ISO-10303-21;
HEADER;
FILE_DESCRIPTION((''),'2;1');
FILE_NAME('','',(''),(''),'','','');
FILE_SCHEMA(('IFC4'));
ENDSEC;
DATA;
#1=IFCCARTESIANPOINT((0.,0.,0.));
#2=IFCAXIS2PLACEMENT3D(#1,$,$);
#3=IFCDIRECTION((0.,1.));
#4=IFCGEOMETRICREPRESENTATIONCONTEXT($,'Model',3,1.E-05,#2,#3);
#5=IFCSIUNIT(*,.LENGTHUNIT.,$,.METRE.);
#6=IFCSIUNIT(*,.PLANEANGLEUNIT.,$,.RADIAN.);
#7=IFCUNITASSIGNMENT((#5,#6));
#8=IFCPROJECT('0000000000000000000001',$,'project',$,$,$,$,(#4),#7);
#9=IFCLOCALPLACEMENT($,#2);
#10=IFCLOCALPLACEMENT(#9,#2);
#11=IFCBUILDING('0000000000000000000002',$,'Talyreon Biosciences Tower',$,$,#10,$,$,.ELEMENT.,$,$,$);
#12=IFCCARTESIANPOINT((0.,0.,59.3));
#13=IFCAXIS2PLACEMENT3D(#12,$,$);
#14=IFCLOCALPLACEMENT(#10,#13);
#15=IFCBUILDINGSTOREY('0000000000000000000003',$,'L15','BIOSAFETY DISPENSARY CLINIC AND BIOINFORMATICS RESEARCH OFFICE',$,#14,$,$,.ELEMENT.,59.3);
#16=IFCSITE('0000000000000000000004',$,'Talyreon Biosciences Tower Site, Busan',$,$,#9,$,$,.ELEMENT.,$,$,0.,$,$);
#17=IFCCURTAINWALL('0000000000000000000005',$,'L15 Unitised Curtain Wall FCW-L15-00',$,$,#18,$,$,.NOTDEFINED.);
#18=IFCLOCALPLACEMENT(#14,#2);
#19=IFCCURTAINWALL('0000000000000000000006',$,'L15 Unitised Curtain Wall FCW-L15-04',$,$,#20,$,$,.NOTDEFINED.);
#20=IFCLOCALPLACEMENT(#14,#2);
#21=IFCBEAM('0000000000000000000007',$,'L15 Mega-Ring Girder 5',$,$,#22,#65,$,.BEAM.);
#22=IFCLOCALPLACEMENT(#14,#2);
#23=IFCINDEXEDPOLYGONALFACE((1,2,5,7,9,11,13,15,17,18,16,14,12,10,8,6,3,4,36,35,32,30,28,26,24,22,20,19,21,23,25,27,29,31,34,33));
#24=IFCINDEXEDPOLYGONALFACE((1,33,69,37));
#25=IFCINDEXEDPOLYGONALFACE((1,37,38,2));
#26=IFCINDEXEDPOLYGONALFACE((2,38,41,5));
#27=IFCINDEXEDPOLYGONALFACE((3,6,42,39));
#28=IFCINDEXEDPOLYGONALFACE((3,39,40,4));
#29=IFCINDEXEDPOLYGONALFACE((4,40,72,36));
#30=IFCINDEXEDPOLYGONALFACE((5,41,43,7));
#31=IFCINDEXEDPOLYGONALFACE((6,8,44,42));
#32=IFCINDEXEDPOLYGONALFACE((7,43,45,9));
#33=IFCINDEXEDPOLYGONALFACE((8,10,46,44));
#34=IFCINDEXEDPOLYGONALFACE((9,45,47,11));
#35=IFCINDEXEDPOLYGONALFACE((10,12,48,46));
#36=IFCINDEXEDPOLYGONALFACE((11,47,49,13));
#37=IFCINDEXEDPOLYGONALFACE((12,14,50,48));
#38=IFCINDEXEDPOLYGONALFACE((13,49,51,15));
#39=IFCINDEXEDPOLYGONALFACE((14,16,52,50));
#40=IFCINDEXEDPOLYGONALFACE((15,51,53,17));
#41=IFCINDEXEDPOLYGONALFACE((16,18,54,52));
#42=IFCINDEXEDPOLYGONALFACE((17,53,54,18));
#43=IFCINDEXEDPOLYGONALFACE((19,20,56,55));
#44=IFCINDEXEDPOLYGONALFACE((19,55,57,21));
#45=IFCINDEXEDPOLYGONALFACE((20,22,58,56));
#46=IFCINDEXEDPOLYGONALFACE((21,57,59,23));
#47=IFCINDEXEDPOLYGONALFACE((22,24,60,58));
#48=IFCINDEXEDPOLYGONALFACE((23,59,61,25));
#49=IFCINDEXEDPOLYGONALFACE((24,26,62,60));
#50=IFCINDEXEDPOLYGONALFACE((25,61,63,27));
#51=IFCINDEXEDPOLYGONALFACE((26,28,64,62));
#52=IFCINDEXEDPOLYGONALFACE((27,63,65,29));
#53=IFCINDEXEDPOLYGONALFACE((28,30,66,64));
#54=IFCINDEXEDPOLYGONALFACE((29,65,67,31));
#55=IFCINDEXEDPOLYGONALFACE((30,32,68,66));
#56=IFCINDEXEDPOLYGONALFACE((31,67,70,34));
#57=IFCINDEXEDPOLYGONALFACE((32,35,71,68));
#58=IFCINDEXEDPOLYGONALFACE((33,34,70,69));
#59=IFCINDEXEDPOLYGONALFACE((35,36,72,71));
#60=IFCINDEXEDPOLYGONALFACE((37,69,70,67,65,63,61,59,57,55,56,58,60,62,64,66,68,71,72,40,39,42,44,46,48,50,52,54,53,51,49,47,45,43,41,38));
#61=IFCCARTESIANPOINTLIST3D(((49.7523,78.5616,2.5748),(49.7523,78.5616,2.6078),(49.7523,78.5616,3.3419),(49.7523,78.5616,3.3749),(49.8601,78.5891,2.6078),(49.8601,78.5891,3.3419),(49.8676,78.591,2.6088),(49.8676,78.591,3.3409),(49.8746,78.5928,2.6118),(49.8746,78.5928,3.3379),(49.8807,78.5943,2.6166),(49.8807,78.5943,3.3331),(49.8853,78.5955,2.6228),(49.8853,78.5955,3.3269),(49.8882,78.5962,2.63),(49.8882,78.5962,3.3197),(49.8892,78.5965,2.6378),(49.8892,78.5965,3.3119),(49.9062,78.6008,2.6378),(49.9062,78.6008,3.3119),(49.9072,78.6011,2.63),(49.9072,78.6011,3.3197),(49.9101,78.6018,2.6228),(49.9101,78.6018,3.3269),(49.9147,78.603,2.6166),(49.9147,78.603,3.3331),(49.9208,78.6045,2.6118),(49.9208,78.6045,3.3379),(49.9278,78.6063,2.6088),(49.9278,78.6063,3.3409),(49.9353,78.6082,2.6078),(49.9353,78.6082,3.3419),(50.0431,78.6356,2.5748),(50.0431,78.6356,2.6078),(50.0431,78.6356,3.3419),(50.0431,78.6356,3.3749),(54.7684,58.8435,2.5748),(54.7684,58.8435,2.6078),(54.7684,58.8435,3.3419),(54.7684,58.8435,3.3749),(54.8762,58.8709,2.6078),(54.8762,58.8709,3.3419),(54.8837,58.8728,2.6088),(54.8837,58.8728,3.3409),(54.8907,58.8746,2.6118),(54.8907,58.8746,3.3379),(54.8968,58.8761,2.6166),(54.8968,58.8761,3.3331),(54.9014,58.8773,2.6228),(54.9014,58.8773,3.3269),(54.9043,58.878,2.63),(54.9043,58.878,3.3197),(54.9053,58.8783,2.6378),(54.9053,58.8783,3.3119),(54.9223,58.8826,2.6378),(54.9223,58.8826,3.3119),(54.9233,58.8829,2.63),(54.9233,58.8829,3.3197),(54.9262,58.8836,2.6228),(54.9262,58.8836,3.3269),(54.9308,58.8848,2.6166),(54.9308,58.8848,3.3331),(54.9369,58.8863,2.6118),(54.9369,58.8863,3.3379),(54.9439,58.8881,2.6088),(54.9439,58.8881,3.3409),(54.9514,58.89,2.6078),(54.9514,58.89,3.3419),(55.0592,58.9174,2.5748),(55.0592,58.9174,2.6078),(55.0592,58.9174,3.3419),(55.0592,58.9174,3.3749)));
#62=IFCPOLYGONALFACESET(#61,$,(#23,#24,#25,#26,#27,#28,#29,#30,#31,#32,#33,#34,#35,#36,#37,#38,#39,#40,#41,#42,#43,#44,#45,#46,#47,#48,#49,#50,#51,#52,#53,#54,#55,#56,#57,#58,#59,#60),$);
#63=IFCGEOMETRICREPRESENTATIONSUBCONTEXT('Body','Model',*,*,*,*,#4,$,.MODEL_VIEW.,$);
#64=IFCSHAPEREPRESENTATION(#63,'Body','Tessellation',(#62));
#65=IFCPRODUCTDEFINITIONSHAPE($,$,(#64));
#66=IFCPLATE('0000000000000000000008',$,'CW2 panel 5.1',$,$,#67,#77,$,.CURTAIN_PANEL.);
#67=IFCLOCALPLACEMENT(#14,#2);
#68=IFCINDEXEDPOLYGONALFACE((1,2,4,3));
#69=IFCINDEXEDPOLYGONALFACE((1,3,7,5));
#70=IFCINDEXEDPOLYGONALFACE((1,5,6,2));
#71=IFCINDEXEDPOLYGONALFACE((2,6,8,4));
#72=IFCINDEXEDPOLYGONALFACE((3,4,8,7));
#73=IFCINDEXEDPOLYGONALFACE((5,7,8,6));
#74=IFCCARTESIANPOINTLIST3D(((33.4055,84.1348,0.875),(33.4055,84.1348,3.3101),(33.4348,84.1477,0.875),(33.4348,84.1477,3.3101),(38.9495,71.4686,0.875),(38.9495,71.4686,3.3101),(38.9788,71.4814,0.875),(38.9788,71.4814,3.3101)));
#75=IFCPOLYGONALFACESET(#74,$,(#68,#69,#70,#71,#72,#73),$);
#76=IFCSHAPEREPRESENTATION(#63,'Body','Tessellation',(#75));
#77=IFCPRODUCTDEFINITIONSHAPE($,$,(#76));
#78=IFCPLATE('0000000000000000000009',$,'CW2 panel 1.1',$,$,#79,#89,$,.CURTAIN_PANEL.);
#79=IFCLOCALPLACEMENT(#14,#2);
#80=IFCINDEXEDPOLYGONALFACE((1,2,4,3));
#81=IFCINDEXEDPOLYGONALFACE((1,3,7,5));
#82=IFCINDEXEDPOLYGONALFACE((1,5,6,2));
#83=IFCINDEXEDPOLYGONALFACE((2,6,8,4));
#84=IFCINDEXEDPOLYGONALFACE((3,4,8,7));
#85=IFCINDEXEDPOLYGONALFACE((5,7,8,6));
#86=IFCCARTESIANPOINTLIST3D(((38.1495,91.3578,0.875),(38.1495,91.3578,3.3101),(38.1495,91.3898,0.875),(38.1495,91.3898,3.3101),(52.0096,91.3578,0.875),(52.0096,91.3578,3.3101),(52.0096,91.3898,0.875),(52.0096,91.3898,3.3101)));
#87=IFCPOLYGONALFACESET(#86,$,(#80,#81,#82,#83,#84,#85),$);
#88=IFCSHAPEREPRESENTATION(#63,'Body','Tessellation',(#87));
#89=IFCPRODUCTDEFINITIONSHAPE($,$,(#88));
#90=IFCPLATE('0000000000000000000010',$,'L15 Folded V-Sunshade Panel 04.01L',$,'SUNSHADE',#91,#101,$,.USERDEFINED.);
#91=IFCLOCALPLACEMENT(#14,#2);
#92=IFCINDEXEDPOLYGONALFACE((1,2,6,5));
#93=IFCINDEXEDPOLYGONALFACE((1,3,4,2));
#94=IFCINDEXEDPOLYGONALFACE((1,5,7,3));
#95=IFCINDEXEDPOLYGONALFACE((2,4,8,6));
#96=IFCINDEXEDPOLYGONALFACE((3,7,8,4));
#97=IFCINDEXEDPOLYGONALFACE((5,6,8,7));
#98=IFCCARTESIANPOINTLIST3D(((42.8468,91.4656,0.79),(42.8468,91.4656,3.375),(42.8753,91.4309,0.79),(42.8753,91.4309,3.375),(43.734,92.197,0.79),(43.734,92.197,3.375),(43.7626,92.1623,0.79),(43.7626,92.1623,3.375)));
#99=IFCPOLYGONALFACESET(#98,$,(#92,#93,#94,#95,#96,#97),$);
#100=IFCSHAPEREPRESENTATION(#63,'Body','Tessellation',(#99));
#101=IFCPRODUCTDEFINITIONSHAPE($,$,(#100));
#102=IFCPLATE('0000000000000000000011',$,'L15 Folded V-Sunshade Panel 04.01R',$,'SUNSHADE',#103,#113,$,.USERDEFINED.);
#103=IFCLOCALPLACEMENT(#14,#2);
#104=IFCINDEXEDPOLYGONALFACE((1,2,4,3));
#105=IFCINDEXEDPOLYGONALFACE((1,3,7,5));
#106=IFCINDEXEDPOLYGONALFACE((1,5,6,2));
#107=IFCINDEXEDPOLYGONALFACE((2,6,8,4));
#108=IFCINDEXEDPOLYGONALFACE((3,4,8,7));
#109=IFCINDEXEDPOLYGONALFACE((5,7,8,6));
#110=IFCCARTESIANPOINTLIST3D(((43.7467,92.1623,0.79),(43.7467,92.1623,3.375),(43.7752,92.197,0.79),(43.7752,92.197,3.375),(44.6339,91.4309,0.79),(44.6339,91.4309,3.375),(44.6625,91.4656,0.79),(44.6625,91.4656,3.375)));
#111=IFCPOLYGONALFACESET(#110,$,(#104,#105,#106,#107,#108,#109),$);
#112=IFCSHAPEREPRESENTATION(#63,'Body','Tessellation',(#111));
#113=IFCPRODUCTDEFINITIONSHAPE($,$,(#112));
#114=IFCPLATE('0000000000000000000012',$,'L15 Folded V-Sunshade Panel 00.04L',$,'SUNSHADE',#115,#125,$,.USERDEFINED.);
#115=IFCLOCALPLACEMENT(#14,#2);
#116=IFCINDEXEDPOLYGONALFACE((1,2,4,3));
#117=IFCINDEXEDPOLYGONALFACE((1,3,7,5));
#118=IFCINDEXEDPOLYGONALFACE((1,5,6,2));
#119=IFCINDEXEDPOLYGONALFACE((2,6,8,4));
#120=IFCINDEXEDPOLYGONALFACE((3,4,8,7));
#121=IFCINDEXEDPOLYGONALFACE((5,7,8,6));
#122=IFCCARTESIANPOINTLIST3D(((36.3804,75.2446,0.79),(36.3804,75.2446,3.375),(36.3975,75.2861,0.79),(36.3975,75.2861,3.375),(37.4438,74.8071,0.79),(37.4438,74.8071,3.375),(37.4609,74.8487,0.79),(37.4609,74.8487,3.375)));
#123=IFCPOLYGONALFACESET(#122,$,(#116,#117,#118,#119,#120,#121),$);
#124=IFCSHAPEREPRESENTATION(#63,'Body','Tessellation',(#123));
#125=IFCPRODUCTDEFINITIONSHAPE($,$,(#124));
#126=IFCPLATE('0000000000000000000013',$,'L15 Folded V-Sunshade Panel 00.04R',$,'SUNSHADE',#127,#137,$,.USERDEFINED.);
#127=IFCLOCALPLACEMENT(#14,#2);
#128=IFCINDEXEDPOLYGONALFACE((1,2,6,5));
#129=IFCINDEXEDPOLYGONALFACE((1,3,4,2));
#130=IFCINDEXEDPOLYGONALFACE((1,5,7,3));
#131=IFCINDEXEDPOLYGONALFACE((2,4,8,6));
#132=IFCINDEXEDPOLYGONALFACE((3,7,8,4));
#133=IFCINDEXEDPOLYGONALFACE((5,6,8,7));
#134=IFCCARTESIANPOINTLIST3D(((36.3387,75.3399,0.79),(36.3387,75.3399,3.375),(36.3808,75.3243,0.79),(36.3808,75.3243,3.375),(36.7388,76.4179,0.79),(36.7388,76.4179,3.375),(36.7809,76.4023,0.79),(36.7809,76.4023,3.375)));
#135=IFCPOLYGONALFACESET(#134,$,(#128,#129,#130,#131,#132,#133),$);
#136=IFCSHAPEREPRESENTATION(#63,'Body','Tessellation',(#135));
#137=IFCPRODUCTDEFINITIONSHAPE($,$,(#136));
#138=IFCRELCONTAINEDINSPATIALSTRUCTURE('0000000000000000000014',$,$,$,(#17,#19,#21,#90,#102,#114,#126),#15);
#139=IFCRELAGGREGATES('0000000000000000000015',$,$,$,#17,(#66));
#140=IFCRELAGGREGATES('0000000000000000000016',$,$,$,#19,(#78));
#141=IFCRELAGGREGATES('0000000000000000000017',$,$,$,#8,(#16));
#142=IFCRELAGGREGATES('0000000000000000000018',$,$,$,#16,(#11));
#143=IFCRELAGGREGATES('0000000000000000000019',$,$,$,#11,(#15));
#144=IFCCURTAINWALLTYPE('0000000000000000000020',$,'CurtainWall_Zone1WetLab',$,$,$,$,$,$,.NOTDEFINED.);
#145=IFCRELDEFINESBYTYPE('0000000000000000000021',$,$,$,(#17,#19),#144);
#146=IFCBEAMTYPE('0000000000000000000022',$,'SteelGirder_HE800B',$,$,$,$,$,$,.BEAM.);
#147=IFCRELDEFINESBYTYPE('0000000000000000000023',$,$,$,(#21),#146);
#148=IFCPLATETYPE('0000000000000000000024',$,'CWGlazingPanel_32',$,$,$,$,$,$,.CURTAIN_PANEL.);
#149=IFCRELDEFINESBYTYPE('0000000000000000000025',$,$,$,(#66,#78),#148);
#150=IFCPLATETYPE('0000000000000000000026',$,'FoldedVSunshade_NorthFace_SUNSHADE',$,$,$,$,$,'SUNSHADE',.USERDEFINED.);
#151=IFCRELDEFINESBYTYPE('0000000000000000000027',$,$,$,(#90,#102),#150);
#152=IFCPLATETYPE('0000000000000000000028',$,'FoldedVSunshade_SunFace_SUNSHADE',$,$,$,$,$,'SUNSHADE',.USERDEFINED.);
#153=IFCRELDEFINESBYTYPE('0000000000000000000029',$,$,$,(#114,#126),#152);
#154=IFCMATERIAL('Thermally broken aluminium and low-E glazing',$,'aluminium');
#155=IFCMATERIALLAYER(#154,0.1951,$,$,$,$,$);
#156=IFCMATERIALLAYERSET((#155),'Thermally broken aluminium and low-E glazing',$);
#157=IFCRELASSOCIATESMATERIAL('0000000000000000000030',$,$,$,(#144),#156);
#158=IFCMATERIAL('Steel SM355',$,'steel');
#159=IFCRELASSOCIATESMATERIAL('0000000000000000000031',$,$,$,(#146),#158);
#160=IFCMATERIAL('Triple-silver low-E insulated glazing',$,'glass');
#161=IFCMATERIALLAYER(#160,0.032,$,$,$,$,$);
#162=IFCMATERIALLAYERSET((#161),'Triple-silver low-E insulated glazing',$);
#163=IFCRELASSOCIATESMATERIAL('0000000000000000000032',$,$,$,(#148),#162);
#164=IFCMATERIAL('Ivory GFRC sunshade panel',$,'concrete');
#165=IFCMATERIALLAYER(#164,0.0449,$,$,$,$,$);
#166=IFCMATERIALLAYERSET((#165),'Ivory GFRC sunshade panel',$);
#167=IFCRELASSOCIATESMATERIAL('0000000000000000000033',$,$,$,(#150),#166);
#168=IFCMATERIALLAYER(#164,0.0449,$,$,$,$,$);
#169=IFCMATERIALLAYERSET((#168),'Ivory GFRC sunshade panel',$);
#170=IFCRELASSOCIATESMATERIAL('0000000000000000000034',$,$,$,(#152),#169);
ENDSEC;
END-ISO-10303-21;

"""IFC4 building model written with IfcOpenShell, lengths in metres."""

from ifc_helpers import new_model, si_unit, direction, frame, origin, origin_2d, place, context, subcontext, project, spatial, rectangle, i_section, extrude, material, layer, layer_set, material_profile, profile_set, type_object, element, aggregate, save


model = new_model("IFC4")

# Units and contexts
model_context = context("Model", 3, precision=1e-05, world=origin(), true_north=direction((0.0, 1.0)))
body_context = subcontext(model_context, "Body", "Model", "MODEL_VIEW")
ifc_project = project(units=[si_unit("LENGTHUNIT", "METRE"), si_unit("PLANEANGLEUNIT", "RADIAN")], contexts=[model_context])

# Site, building, storey
site_placement = place(None, origin())
site = spatial("IfcSite", under=ifc_project, at=site_placement, Name="Talyreon Biosciences Tower Site, Busan", CompositionType="ELEMENT", RefElevation=0.0)
building_placement = place(site_placement, origin())
building = spatial("IfcBuilding", under=site, at=building_placement, Name="Talyreon Biosciences Tower", CompositionType="ELEMENT")
storey_placement = place(building_placement, frame((0.0, 0.0, 59.3)))
storey = spatial("IfcBuildingStorey", under=building, at=storey_placement, Name="L15", Description="BIOSAFETY DISPENSARY CLINIC AND BIOINFORMATICS RESEARCH OFFICE", CompositionType="ELEMENT", Elevation=59.3)

# Curtain wall
ifc_material_1 = material(Name="Thermally broken aluminium and low-E glazing", Category="aluminium")
ifc_layer_1 = layer(ifc_material_1, 0.1951)
ifc_layer_set_1 = layer_set([ifc_layer_1], Name="Thermally broken aluminium and low-E glazing")
curtain_wall_type = type_object("IfcCurtainWallType", Name="CurtainWall_Zone1WetLab", PredefinedType="NOTDEFINED", material=ifc_layer_set_1)
curtain_wall_1_placement = place(storey_placement, origin())
curtain_wall_1 = element("IfcCurtainWall", 1, at=curtain_wall_1_placement, inside=storey, type_object=curtain_wall_type, Name="L15 Unitised Curtain Wall FCW-L15-00", PredefinedType="NOTDEFINED")

# Curtain wall
curtain_wall_2_placement = place(storey_placement, origin())
curtain_wall_2 = element("IfcCurtainWall", 2, at=curtain_wall_2_placement, inside=storey, type_object=curtain_wall_type, Name="L15 Unitised Curtain Wall FCW-L15-04", PredefinedType="NOTDEFINED")

# Beam
ifc_material_2 = material(Name="Steel SM355", Category="steel")
ifc_material_profile_1 = material_profile(ifc_material_2, i_section(OverallWidth=0.3, OverallDepth=0.8, WebThickness=0.0176, FlangeThickness=0.033, FilletRadius=0.03, at=origin_2d()), Name="HE800B")
ifc_profile_set_1 = profile_set([ifc_material_profile_1], Name="Steel SM355")
beam_type_1 = type_object("IfcBeamType", Name="SteelGirder_HE800B", PredefinedType="BEAM", material=ifc_profile_set_1)
beam_1_placement = place(storey_placement, frame((49.8977, 78.5986, 2.9749), z_axis=(0.246537, -0.969133, 0.0), x_axis=(0.969133, 0.246537, 0.0)))
element("IfcBeam", 3, at=beam_1_placement, inside=storey, type_object=beam_type_1, Name="L15 Mega-Ring Girder 5", PredefinedType="BEAM", context=body_context, shape_type="SweptSolid", body=[
    extrude(i_section(OverallWidth=0.3, OverallDepth=0.8, WebThickness=0.0176, FlangeThickness=0.033, FilletRadius=0.03, at=origin_2d()), origin(), (0.0, 0.0, 1.0), 20.3462),
])

# Plates
ifc_material_3 = material(Name="Triple-silver low-E insulated glazing", Category="glass")
ifc_layer_2 = layer(ifc_material_3, 0.032)
ifc_layer_set_2 = layer_set([ifc_layer_2], Name="Triple-silver low-E insulated glazing")
plate_type_1 = type_object("IfcPlateType", Name="CWGlazingPanel_32", PredefinedType="CURTAIN_PANEL", material=ifc_layer_set_2)
plate_1_placement = place(storey_placement, frame((36.1921, 77.8081, 0.875), z_axis=(0.0, 0.0, 1.0), x_axis=(-0.400968, 0.916092, 0.0)))
plate_1 = element("IfcPlate", 4, at=plate_1_placement, type_object=plate_type_1, Name="CW2 panel 5.1", PredefinedType="CURTAIN_PANEL", context=body_context, shape_type="SweptSolid", body=[
    extrude(rectangle(XDim=13.8264, YDim=0.032, at=origin_2d()), origin(), (0.0, 0.0, 1.0), 2.4351),
])
aggregate(curtain_wall_1, [plate_1])
plate_2_placement = place(storey_placement, frame((45.0796, 91.3738, 0.875), z_axis=(0.0, 0.0, 1.0), x_axis=(1.0, 0.0, 0.0)))
plate_2 = element("IfcPlate", 5, at=plate_2_placement, type_object=plate_type_1, Name="CW2 panel 1.1", PredefinedType="CURTAIN_PANEL", context=body_context, shape_type="SweptSolid", body=[
    extrude(rectangle(XDim=13.8601, YDim=0.032, at=origin_2d()), origin(), (0.0, 0.0, 1.0), 2.4351),
])
aggregate(curtain_wall_2, [plate_2])

# Plates
ifc_material_4 = material(Name="Ivory GFRC sunshade panel", Category="concrete")
ifc_layer_3 = layer(ifc_material_4, 0.0449)
ifc_layer_set_3 = layer_set([ifc_layer_3], Name="Ivory GFRC sunshade panel")
plate_type_2 = type_object("IfcPlateType", Name="FoldedVSunshade_NorthFace_SUNSHADE", ElementType="SUNSHADE", PredefinedType="USERDEFINED", material=ifc_layer_set_3)
for number, where, z_axis, x_axis, name in (
    (6, (43.3047, 91.814, 0.79), (0.0, 0.0, 1.0), (0.771625, 0.636078, 0.0), "L15 Folded V-Sunshade Panel 04.01L"),
    (7, (44.2046, 91.814, 0.79), (0.0, 0.0, 1.0), (0.771625, -0.636078, 0.0), "L15 Folded V-Sunshade Panel 04.01R"),
):
    element("IfcPlate", number, at=place(storey_placement, frame(where, z_axis=z_axis, x_axis=x_axis)), inside=storey, type_object=plate_type_2, Name=name, ObjectType="SUNSHADE", PredefinedType="USERDEFINED", context=body_context, shape_type="SweptSolid", body=[
        extrude(rectangle(XDim=1.1499, YDim=0.0449, at=origin_2d()), origin(), (0.0, 0.0, 1.0), 2.585),
    ])
ifc_layer_4 = layer(ifc_material_4, 0.0449)
ifc_layer_set_4 = layer_set([ifc_layer_4], Name="Ivory GFRC sunshade panel")
plate_type_3 = type_object("IfcPlateType", Name="FoldedVSunshade_SunFace_SUNSHADE", ElementType="SUNSHADE", PredefinedType="USERDEFINED", material=ifc_layer_set_4)
for number, where, z_axis, x_axis, name in (
    (8, (36.9207, 75.0466, 0.79), (0.0, 0.0, 1.0), (-0.924805, 0.380441, 0.0), "L15 Folded V-Sunshade Panel 00.04L"),
    (9, (36.5598, 75.8711, 0.79), (0.0, 0.0, 1.0), (0.347934, 0.937519, 0.0), "L15 Folded V-Sunshade Panel 00.04R"),
):
    element("IfcPlate", number, at=place(storey_placement, frame(where, z_axis=z_axis, x_axis=x_axis)), inside=storey, type_object=plate_type_3, Name=name, ObjectType="SUNSHADE", PredefinedType="USERDEFINED", context=body_context, shape_type="SweptSolid", body=[
        extrude(rectangle(XDim=1.1499, YDim=0.0449, at=origin_2d()), origin(), (0.0, 0.0, 1.0), 2.585),
    ])

save(model, "model.ifc")
